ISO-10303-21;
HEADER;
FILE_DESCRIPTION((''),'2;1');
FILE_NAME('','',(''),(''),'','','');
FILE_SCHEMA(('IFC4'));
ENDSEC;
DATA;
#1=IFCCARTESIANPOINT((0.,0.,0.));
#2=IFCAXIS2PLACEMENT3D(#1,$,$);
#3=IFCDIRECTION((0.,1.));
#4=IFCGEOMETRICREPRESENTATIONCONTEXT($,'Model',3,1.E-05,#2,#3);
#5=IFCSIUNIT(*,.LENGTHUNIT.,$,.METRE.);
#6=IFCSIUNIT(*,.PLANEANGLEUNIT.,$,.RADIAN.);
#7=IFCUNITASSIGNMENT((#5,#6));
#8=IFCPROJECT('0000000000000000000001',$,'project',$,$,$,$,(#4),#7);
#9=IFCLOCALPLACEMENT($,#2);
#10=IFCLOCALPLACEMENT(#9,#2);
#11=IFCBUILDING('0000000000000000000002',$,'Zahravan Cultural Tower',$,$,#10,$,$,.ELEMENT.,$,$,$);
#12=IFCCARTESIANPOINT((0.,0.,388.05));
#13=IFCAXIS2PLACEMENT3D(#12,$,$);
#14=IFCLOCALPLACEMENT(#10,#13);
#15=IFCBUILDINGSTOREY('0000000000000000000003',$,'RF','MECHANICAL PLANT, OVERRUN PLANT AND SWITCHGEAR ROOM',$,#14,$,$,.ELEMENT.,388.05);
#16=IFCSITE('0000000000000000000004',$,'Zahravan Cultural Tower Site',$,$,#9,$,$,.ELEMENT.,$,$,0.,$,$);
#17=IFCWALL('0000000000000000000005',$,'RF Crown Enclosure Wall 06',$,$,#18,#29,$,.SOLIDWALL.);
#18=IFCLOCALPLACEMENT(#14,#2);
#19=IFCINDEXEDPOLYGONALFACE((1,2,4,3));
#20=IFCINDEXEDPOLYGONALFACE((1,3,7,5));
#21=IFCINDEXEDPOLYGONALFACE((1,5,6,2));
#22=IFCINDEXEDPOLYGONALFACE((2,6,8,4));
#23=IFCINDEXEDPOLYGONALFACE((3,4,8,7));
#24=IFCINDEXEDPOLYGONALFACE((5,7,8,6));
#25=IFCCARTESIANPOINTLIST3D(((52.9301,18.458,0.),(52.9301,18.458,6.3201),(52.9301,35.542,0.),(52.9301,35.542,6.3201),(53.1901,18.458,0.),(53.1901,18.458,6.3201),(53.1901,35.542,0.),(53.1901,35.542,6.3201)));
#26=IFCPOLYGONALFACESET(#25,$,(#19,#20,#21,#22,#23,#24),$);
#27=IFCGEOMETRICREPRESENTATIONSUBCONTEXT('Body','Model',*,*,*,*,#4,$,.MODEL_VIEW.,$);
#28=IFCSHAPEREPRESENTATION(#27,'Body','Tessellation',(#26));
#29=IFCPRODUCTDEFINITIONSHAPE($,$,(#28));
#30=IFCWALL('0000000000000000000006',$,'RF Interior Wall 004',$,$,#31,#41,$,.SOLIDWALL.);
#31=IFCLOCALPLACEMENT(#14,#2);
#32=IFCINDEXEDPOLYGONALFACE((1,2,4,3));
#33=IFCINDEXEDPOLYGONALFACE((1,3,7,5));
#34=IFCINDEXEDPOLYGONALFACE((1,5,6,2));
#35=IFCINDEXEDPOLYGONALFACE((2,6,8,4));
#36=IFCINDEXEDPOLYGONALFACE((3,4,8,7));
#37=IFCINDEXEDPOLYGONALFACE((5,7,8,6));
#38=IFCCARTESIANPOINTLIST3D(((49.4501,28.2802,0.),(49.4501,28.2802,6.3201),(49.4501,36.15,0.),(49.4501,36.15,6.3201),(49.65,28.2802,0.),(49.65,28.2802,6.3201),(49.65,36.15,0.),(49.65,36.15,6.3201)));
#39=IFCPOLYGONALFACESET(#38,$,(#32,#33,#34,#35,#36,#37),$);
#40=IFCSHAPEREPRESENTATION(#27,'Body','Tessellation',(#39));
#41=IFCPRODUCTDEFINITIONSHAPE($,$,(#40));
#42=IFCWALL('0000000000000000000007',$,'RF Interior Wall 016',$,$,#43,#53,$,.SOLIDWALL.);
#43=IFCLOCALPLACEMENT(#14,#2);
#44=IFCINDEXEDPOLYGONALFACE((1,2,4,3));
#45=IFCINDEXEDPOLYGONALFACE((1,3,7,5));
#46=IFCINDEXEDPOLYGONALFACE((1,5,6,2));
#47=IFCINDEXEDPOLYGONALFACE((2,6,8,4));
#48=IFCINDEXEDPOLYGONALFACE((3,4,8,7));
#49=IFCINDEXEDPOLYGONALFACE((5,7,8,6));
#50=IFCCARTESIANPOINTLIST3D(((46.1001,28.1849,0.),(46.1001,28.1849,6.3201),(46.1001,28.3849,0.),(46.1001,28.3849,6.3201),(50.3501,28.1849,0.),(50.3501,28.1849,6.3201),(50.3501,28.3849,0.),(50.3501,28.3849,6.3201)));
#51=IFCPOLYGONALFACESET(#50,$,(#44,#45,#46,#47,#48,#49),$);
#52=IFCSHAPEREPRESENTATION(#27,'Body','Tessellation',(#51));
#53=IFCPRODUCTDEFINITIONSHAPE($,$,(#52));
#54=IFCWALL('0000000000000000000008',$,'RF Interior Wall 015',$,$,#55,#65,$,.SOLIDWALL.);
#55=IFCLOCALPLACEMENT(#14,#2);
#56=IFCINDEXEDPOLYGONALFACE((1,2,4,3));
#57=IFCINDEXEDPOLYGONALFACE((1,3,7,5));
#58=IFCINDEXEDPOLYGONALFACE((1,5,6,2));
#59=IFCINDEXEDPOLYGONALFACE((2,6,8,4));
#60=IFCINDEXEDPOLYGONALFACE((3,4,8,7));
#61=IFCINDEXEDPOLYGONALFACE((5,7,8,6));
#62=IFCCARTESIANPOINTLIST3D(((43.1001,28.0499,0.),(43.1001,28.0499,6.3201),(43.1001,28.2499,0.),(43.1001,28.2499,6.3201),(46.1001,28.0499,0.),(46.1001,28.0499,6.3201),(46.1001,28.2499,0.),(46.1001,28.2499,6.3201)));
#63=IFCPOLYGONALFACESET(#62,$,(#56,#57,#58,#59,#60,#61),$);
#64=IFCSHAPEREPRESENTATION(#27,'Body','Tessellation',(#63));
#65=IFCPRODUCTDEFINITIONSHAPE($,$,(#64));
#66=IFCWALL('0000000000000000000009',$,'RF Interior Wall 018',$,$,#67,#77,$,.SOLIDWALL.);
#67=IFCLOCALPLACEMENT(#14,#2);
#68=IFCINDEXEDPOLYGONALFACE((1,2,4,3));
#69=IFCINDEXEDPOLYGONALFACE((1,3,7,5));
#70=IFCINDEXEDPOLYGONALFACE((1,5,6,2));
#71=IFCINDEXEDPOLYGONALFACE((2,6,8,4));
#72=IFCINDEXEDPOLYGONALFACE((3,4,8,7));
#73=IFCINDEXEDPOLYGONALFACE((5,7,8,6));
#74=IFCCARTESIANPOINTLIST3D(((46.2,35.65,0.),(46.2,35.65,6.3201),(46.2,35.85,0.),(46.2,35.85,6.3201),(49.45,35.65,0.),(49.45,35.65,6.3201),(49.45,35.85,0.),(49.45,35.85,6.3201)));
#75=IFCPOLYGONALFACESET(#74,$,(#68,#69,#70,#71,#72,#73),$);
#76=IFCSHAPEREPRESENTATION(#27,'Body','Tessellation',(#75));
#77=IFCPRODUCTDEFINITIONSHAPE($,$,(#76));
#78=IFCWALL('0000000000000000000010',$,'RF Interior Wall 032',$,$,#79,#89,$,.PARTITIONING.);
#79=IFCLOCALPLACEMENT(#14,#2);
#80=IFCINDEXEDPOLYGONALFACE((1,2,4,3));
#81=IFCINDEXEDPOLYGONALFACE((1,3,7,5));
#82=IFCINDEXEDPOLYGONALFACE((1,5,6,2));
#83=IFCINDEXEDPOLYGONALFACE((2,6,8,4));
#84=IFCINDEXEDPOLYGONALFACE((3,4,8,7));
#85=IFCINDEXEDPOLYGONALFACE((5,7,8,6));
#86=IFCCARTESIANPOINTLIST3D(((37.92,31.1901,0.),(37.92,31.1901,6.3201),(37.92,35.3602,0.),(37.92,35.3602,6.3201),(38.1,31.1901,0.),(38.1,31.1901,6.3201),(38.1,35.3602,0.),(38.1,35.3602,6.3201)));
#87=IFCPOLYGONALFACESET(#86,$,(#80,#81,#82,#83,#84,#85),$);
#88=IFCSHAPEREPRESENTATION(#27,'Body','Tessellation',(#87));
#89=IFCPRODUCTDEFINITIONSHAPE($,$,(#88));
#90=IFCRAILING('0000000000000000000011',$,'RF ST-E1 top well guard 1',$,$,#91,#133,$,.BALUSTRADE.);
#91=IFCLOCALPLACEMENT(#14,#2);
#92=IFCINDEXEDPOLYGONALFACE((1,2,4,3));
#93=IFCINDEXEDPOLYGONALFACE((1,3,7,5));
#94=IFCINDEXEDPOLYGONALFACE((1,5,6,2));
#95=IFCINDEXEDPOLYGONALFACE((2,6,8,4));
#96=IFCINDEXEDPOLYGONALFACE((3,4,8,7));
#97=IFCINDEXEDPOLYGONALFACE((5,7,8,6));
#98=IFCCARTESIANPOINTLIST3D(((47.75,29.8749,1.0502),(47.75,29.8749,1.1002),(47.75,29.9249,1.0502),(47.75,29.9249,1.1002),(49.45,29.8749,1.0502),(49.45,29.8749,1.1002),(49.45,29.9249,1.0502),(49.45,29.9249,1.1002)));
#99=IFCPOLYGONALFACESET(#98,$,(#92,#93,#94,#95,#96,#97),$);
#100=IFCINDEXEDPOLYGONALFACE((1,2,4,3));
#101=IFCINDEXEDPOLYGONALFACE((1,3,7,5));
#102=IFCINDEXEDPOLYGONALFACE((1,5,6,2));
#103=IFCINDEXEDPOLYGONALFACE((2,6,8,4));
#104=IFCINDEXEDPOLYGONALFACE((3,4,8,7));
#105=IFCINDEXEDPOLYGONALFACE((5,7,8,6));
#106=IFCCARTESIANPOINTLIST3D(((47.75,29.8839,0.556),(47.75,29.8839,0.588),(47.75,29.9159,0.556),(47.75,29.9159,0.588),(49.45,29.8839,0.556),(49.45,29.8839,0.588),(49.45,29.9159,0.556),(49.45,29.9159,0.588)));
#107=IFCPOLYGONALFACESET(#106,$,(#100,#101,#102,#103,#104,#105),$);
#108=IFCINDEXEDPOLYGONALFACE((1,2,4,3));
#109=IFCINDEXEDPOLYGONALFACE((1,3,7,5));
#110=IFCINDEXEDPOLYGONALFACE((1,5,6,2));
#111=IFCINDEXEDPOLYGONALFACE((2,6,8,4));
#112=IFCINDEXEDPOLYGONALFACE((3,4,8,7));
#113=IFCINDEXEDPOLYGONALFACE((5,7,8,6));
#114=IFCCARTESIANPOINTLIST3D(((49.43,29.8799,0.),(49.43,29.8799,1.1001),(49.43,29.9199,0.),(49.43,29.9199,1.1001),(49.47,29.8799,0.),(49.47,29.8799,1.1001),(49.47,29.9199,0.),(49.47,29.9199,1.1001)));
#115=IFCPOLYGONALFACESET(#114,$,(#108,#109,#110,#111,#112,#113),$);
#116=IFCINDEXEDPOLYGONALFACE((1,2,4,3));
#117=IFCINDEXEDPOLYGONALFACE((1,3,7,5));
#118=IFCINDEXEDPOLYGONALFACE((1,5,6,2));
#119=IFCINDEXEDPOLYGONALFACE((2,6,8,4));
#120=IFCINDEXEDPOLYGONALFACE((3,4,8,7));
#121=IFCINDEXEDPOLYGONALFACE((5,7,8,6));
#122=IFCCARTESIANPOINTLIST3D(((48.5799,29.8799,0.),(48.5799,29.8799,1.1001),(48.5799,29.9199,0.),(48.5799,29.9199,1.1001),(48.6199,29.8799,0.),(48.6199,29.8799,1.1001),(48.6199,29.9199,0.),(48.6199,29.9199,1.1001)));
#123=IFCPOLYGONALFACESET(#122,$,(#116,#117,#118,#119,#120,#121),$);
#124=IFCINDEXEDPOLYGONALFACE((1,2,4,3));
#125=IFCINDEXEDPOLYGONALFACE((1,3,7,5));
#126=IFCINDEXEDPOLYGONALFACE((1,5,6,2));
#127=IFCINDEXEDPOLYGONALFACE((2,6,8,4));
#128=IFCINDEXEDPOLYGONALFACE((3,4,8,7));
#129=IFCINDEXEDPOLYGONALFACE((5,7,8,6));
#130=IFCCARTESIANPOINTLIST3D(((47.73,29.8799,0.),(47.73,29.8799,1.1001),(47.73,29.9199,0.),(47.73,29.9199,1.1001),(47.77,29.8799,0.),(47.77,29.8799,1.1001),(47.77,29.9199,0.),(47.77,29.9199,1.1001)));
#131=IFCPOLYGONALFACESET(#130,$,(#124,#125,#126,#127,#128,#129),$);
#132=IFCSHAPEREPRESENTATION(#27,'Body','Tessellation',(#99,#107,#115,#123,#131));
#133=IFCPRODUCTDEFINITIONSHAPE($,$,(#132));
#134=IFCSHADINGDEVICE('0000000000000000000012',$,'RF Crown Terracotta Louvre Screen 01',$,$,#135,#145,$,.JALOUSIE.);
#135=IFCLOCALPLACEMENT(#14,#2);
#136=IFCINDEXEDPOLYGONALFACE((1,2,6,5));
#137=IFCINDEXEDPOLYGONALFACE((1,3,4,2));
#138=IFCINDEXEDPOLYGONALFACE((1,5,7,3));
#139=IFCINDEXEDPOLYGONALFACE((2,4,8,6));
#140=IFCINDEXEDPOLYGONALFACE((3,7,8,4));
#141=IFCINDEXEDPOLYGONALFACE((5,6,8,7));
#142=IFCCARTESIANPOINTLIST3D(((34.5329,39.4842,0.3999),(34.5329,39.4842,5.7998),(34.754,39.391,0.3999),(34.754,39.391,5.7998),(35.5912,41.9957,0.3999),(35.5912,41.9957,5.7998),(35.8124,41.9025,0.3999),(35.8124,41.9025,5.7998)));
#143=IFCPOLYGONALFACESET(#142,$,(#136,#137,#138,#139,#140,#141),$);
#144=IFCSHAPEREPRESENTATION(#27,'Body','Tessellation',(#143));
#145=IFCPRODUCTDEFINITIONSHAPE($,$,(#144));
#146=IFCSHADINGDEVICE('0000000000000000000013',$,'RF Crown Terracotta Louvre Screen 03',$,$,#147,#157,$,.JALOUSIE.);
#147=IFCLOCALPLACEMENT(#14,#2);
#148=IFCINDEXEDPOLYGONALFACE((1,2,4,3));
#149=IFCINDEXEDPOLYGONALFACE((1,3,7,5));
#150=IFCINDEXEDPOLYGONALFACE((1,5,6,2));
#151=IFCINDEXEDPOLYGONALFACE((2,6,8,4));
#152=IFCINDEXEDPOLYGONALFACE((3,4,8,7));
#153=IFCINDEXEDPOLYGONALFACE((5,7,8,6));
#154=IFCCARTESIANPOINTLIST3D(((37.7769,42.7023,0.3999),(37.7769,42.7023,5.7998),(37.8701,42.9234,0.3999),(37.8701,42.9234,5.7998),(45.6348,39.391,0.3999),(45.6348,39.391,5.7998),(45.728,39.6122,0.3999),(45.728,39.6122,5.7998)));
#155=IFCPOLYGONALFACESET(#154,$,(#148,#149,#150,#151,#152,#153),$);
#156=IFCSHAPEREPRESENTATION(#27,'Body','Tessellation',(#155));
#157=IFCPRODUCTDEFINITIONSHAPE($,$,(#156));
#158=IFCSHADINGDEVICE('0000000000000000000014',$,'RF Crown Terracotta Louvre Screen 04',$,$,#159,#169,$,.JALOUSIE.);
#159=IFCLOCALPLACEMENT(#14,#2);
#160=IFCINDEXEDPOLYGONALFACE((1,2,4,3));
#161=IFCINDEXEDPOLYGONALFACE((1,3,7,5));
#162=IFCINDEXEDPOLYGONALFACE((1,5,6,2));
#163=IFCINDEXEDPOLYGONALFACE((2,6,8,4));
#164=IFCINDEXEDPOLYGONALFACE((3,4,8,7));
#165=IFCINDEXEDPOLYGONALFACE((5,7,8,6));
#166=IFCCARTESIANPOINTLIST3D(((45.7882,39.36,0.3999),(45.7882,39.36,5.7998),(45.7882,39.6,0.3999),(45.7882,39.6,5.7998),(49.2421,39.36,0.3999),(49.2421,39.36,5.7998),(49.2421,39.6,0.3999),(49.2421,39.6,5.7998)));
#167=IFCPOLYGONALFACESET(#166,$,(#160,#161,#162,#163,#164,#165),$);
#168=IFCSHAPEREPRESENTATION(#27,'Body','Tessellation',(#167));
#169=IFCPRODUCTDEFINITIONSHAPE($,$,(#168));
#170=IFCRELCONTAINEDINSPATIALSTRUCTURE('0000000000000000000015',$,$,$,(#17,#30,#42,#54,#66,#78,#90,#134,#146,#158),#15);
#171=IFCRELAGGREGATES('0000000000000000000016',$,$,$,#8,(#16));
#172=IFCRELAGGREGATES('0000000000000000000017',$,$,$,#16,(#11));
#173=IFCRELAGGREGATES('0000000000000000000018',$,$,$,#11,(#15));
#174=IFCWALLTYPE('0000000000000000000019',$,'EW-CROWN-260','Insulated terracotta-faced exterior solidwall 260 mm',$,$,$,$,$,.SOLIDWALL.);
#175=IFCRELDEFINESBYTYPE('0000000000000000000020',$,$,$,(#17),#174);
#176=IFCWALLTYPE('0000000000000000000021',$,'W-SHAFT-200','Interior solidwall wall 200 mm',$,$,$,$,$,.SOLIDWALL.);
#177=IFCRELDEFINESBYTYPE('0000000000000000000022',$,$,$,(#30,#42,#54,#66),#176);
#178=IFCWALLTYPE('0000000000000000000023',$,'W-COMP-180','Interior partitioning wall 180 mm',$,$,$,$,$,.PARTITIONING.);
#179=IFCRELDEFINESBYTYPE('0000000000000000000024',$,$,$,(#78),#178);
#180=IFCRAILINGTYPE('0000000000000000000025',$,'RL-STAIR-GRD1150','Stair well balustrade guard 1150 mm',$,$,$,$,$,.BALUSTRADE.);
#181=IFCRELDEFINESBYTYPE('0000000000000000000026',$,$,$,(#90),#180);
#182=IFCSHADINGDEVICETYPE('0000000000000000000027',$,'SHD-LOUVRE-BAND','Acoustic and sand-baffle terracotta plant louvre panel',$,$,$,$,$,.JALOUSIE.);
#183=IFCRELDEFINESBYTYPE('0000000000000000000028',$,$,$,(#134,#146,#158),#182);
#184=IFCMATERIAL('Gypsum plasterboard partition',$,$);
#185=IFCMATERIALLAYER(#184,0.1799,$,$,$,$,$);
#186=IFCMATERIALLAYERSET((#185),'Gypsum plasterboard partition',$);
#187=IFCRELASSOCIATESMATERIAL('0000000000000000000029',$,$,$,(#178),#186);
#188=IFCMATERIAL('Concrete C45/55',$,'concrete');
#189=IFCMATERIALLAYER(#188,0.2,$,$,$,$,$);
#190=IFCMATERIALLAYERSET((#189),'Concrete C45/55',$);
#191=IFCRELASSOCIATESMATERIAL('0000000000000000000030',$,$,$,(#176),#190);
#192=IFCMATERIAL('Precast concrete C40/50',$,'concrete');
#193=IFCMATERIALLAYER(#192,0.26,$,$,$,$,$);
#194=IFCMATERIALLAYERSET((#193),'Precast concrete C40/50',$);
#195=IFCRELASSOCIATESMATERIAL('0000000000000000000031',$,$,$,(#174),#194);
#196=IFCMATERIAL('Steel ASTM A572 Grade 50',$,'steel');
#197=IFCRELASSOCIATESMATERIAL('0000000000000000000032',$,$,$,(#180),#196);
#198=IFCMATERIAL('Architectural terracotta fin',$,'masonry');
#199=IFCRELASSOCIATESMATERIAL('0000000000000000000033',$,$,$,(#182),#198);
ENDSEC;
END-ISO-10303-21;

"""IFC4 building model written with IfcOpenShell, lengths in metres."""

from ifc_helpers import new_model, si_unit, direction, frame, frame_2d, origin, origin_2d, place, context, subcontext, project, spatial, rectangle, extrude, source, transform, mapped, material, layer, layer_set, type_object, element, save


model = new_model("IFC4")

# Units and contexts
model_context = context("Model", 3, precision=1e-05, world=origin(), true_north=direction((0.0, 1.0)))
body_context = subcontext(model_context, "Body", "Model", "MODEL_VIEW")
ifc_project = project(units=[si_unit("LENGTHUNIT", "METRE"), si_unit("PLANEANGLEUNIT", "RADIAN")], contexts=[model_context])

# Site, building, storey
site_placement = place(None, origin())
site = spatial("IfcSite", under=ifc_project, at=site_placement, Name="Zahravan Cultural Tower Site", CompositionType="ELEMENT", RefElevation=0.0)
building_placement = place(site_placement, origin())
building = spatial("IfcBuilding", under=site, at=building_placement, Name="Zahravan Cultural Tower", CompositionType="ELEMENT")
storey_placement = place(building_placement, frame((0.0, 0.0, 388.05)))
storey = spatial("IfcBuildingStorey", under=building, at=storey_placement, Name="RF", Description="MECHANICAL PLANT, OVERRUN PLANT AND SWITCHGEAR ROOM", CompositionType="ELEMENT", Elevation=388.05)

# Shared definitions
ifc_material_1 = material(Name="Steel ASTM A572 Grade 50", Category="steel")

# Shared definitions
ifc_material_2 = material(Name="Gypsum plasterboard partition")
ifc_layer_1 = layer(ifc_material_2, 0.1799)
ifc_layer_set_1 = layer_set([ifc_layer_1], Name="Gypsum plasterboard partition")
wall_type_1 = type_object("IfcWallType", Name="W-COMP-180", Description="Interior partitioning wall 180 mm", PredefinedType="PARTITIONING", material=ifc_layer_set_1)
ifc_material_3 = material(Name="Concrete C45/55", Category="concrete")
ifc_layer_2 = layer(ifc_material_3, 0.2)
ifc_layer_set_2 = layer_set([ifc_layer_2], Name="Concrete C45/55")
wall_type_2 = type_object("IfcWallType", Name="W-SHAFT-200", Description="Interior solidwall wall 200 mm", PredefinedType="SOLIDWALL", material=ifc_layer_set_2)

# Walls
ifc_material_4 = material(Name="Precast concrete C40/50", Category="concrete")
ifc_layer_3 = layer(ifc_material_4, 0.26)
ifc_layer_set_3 = layer_set([ifc_layer_3], Name="Precast concrete C40/50")
wall_type_3 = type_object("IfcWallType", Name="EW-CROWN-260", Description="Insulated terracotta-faced exterior solidwall 260 mm", PredefinedType="SOLIDWALL", material=ifc_layer_set_3)
shared_shape_1 = source(origin(), body_context, "Body", "SweptSolid", [
    extrude(rectangle(XDim=17.084, YDim=0.26, at=frame_2d((8.542, 0.0))), origin(), (0.0, 0.0, 1.0), 6.3201),
])
wall_1_placement = place(storey_placement, frame((53.0601, 35.542, 0.0), z_axis=(0.0, 0.0, 1.0), x_axis=(0.0, -1.0, 0.0)))
element("IfcWall", 1, at=wall_1_placement, inside=storey, type_object=wall_type_3, Name="RF Crown Enclosure Wall 06", PredefinedType="SOLIDWALL", context=body_context, shape_type="MappedRepresentation", body=[
    mapped(shared_shape_1, transform((0.0, 0.0, 0.0), x_axis=(1.0, 0.0, 0.0), y_axis=(0.0, 1.0, 0.0), z_axis=(0.0, 0.0, 1.0), scale=1.0)),
])
shared_shape_2 = source(origin(), body_context, "Body", "SweptSolid", [
    extrude(rectangle(XDim=7.8699, YDim=0.2, at=frame_2d((3.9351, 0.0))), origin(), (0.0, 0.0, 1.0), 6.3201),
])
wall_2_placement = place(storey_placement, frame((49.55, 28.28, 0.0), z_axis=(0.0, 0.0, 1.0), x_axis=(0.0, 1.0, 0.0)))
element("IfcWall", 2, at=wall_2_placement, inside=storey, type_object=wall_type_2, Name="RF Interior Wall 004", PredefinedType="SOLIDWALL", context=body_context, shape_type="MappedRepresentation", body=[
    mapped(shared_shape_2, transform((0.0, 0.0, 0.0), x_axis=(1.0, 0.0, 0.0), y_axis=(0.0, 1.0, 0.0), z_axis=(0.0, 0.0, 1.0), scale=1.0)),
])
shared_shape_3 = source(origin(), body_context, "Body", "SweptSolid", [
    extrude(rectangle(XDim=4.25, YDim=0.2, at=frame_2d((2.125, 0.0))), origin(), (0.0, 0.0, 1.0), 6.3201),
])
wall_3_placement = place(storey_placement, frame((46.1001, 28.2849, 0.0), z_axis=(0.0, 0.0, 1.0), x_axis=(1.0, 0.0, 0.0)))
element("IfcWall", 3, at=wall_3_placement, inside=storey, type_object=wall_type_2, Name="RF Interior Wall 016", PredefinedType="SOLIDWALL", context=body_context, shape_type="MappedRepresentation", body=[
    mapped(shared_shape_3, transform((0.0, 0.0, 0.0), x_axis=(1.0, 0.0, 0.0), y_axis=(0.0, 1.0, 0.0), z_axis=(0.0, 0.0, 1.0), scale=1.0)),
])
shared_shape_4 = source(origin(), body_context, "Body", "SweptSolid", [
    extrude(rectangle(XDim=3.0, YDim=0.2, at=frame_2d((1.5, 0.0))), origin(), (0.0, 0.0, 1.0), 6.3201),
])
wall_4_placement = place(storey_placement, frame((43.1001, 28.1499, 0.0), z_axis=(0.0, 0.0, 1.0), x_axis=(1.0, 0.0, 0.0)))
element("IfcWall", 4, at=wall_4_placement, inside=storey, type_object=wall_type_2, Name="RF Interior Wall 015", PredefinedType="SOLIDWALL", context=body_context, shape_type="MappedRepresentation", body=[
    mapped(shared_shape_4, transform((0.0, 0.0, 0.0), x_axis=(1.0, 0.0, 0.0), y_axis=(0.0, 1.0, 0.0), z_axis=(0.0, 0.0, 1.0), scale=1.0)),
])
shared_shape_5 = source(origin(), body_context, "Body", "SweptSolid", [
    extrude(rectangle(XDim=3.25, YDim=0.2, at=frame_2d((1.625, 0.0))), origin(), (0.0, 0.0, 1.0), 6.3201),
])
wall_5_placement = place(storey_placement, frame((46.2, 35.75, 0.0), z_axis=(0.0, 0.0, 1.0), x_axis=(1.0, 0.0, 0.0)))
element("IfcWall", 5, at=wall_5_placement, inside=storey, type_object=wall_type_2, Name="RF Interior Wall 018", PredefinedType="SOLIDWALL", context=body_context, shape_type="MappedRepresentation", body=[
    mapped(shared_shape_5, transform((0.0, 0.0, 0.0), x_axis=(1.0, 0.0, 0.0), y_axis=(0.0, 1.0, 0.0), z_axis=(0.0, 0.0, 1.0), scale=1.0)),
])
shared_shape_6 = source(origin(), body_context, "Body", "SweptSolid", [
    extrude(rectangle(XDim=4.1702, YDim=0.1799, at=frame_2d((2.085, 0.0))), origin(), (0.0, 0.0, 1.0), 6.3201),
])
wall_6_placement = place(storey_placement, frame((38.01, 35.3601, 0.0), z_axis=(0.0, 0.0, 1.0), x_axis=(0.0, -1.0, 0.0)))
element("IfcWall", 6, at=wall_6_placement, inside=storey, type_object=wall_type_1, Name="RF Interior Wall 032", PredefinedType="PARTITIONING", context=body_context, shape_type="MappedRepresentation", body=[
    mapped(shared_shape_6, transform((0.0, 0.0, 0.0), x_axis=(1.0, 0.0, 0.0), y_axis=(0.0, 1.0, 0.0), z_axis=(0.0, 0.0, 1.0), scale=1.0)),
])

# Railing
railing_type = type_object("IfcRailingType", Name="RL-STAIR-GRD1150", Description="Stair well balustrade guard 1150 mm", PredefinedType="BALUSTRADE", material=ifc_material_1)
railing_placement = place(storey_placement, frame((49.45, 29.8999, 0.0)))
element("IfcRailing", 7, at=railing_placement, inside=storey, type_object=railing_type, Name="RF ST-E1 top well guard 1", PredefinedType="BALUSTRADE", context=body_context, shape_type="SweptSolid", body=[
    extrude(rectangle(XDim=0.05, YDim=0.05, at=origin_2d()), frame((0.0, 0.0, 1.0752), z_axis=(-1.0, 0.0, 0.0), x_axis=(0.0, -1.0, 0.0)), (0.0, 0.0, 1.0), 1.7),
    extrude(rectangle(XDim=0.032, YDim=0.032, at=origin_2d()), frame((0.0, 0.0, 0.572), z_axis=(-1.0, 0.0, 0.0), x_axis=(0.0, -1.0, 0.0)), (0.0, 0.0, 1.0), 1.7),
    extrude(rectangle(XDim=0.04, YDim=0.04, at=origin_2d()), origin(), (0.0, 0.0, 1.0), 1.1001),
    extrude(rectangle(XDim=0.04, YDim=0.04, at=origin_2d()), frame((-0.8501, 0.0, 0.0)), (0.0, 0.0, 1.0), 1.1001),
    extrude(rectangle(XDim=0.04, YDim=0.04, at=origin_2d()), frame((-1.7, 0.0, 0.0)), (0.0, 0.0, 1.0), 1.1001),
])

# Shading devices
ifc_material_5 = material(Name="Architectural terracotta fin", Category="masonry")
shading_device_type = type_object("IfcShadingDeviceType", Name="SHD-LOUVRE-BAND", Description="Acoustic and sand-baffle terracotta plant louvre panel", PredefinedType="JALOUSIE", material=ifc_material_5)
shared_shape_7 = source(origin(), body_context, "Body", "SweptSolid", [
    extrude(rectangle(XDim=2.7253, YDim=0.24, at=origin_2d()), origin(), (0.0, 0.0, 1.0), 5.3999),
])
shading_device_1_placement = place(storey_placement, frame((35.1726, 40.6934, 0.3999), z_axis=(0.0, 0.0, 1.0), x_axis=(0.388336, 0.921518, 0.0)))
element("IfcShadingDevice", 8, at=shading_device_1_placement, inside=storey, type_object=shading_device_type, Name="RF Crown Terracotta Louvre Screen 01", PredefinedType="JALOUSIE", context=body_context, shape_type="MappedRepresentation", body=[
    mapped(shared_shape_7, transform((0.0, 0.0, 0.0), x_axis=(1.0, 0.0, 0.0), y_axis=(0.0, 1.0, 0.0), z_axis=(0.0, 0.0, 1.0), scale=1.0)),
])
shared_shape_8 = source(origin(), body_context, "Body", "SweptSolid", [
    extrude(rectangle(XDim=8.5271, YDim=0.24, at=origin_2d()), origin(), (0.0, 0.0, 1.0), 5.3999),
])
shading_device_2_placement = place(storey_placement, frame((41.7524, 41.1572, 0.3999), z_axis=(0.0, 0.0, 1.0), x_axis=(0.921525, -0.38832, 0.0)))
element("IfcShadingDevice", 9, at=shading_device_2_placement, inside=storey, type_object=shading_device_type, Name="RF Crown Terracotta Louvre Screen 03", PredefinedType="JALOUSIE", context=body_context, shape_type="MappedRepresentation", body=[
    mapped(shared_shape_8, transform((0.0, 0.0, 0.0), x_axis=(1.0, 0.0, 0.0), y_axis=(0.0, 1.0, 0.0), z_axis=(0.0, 0.0, 1.0), scale=1.0)),
])
shared_shape_9 = source(origin(), body_context, "Body", "SweptSolid", [
    extrude(rectangle(XDim=3.4539, YDim=0.24, at=origin_2d()), origin(), (0.0, 0.0, 1.0), 5.3999),
])
shading_device_3_placement = place(storey_placement, frame((47.5151, 39.48, 0.3999), z_axis=(0.0, 0.0, 1.0), x_axis=(1.0, 0.0, 0.0)))
element("IfcShadingDevice", 10, at=shading_device_3_placement, inside=storey, type_object=shading_device_type, Name="RF Crown Terracotta Louvre Screen 04", PredefinedType="JALOUSIE", context=body_context, shape_type="MappedRepresentation", body=[
    mapped(shared_shape_9, transform((0.0, 0.0, 0.0), x_axis=(1.0, 0.0, 0.0), y_axis=(0.0, 1.0, 0.0), z_axis=(0.0, 0.0, 1.0), scale=1.0)),
])

save(model, "model.ifc")
